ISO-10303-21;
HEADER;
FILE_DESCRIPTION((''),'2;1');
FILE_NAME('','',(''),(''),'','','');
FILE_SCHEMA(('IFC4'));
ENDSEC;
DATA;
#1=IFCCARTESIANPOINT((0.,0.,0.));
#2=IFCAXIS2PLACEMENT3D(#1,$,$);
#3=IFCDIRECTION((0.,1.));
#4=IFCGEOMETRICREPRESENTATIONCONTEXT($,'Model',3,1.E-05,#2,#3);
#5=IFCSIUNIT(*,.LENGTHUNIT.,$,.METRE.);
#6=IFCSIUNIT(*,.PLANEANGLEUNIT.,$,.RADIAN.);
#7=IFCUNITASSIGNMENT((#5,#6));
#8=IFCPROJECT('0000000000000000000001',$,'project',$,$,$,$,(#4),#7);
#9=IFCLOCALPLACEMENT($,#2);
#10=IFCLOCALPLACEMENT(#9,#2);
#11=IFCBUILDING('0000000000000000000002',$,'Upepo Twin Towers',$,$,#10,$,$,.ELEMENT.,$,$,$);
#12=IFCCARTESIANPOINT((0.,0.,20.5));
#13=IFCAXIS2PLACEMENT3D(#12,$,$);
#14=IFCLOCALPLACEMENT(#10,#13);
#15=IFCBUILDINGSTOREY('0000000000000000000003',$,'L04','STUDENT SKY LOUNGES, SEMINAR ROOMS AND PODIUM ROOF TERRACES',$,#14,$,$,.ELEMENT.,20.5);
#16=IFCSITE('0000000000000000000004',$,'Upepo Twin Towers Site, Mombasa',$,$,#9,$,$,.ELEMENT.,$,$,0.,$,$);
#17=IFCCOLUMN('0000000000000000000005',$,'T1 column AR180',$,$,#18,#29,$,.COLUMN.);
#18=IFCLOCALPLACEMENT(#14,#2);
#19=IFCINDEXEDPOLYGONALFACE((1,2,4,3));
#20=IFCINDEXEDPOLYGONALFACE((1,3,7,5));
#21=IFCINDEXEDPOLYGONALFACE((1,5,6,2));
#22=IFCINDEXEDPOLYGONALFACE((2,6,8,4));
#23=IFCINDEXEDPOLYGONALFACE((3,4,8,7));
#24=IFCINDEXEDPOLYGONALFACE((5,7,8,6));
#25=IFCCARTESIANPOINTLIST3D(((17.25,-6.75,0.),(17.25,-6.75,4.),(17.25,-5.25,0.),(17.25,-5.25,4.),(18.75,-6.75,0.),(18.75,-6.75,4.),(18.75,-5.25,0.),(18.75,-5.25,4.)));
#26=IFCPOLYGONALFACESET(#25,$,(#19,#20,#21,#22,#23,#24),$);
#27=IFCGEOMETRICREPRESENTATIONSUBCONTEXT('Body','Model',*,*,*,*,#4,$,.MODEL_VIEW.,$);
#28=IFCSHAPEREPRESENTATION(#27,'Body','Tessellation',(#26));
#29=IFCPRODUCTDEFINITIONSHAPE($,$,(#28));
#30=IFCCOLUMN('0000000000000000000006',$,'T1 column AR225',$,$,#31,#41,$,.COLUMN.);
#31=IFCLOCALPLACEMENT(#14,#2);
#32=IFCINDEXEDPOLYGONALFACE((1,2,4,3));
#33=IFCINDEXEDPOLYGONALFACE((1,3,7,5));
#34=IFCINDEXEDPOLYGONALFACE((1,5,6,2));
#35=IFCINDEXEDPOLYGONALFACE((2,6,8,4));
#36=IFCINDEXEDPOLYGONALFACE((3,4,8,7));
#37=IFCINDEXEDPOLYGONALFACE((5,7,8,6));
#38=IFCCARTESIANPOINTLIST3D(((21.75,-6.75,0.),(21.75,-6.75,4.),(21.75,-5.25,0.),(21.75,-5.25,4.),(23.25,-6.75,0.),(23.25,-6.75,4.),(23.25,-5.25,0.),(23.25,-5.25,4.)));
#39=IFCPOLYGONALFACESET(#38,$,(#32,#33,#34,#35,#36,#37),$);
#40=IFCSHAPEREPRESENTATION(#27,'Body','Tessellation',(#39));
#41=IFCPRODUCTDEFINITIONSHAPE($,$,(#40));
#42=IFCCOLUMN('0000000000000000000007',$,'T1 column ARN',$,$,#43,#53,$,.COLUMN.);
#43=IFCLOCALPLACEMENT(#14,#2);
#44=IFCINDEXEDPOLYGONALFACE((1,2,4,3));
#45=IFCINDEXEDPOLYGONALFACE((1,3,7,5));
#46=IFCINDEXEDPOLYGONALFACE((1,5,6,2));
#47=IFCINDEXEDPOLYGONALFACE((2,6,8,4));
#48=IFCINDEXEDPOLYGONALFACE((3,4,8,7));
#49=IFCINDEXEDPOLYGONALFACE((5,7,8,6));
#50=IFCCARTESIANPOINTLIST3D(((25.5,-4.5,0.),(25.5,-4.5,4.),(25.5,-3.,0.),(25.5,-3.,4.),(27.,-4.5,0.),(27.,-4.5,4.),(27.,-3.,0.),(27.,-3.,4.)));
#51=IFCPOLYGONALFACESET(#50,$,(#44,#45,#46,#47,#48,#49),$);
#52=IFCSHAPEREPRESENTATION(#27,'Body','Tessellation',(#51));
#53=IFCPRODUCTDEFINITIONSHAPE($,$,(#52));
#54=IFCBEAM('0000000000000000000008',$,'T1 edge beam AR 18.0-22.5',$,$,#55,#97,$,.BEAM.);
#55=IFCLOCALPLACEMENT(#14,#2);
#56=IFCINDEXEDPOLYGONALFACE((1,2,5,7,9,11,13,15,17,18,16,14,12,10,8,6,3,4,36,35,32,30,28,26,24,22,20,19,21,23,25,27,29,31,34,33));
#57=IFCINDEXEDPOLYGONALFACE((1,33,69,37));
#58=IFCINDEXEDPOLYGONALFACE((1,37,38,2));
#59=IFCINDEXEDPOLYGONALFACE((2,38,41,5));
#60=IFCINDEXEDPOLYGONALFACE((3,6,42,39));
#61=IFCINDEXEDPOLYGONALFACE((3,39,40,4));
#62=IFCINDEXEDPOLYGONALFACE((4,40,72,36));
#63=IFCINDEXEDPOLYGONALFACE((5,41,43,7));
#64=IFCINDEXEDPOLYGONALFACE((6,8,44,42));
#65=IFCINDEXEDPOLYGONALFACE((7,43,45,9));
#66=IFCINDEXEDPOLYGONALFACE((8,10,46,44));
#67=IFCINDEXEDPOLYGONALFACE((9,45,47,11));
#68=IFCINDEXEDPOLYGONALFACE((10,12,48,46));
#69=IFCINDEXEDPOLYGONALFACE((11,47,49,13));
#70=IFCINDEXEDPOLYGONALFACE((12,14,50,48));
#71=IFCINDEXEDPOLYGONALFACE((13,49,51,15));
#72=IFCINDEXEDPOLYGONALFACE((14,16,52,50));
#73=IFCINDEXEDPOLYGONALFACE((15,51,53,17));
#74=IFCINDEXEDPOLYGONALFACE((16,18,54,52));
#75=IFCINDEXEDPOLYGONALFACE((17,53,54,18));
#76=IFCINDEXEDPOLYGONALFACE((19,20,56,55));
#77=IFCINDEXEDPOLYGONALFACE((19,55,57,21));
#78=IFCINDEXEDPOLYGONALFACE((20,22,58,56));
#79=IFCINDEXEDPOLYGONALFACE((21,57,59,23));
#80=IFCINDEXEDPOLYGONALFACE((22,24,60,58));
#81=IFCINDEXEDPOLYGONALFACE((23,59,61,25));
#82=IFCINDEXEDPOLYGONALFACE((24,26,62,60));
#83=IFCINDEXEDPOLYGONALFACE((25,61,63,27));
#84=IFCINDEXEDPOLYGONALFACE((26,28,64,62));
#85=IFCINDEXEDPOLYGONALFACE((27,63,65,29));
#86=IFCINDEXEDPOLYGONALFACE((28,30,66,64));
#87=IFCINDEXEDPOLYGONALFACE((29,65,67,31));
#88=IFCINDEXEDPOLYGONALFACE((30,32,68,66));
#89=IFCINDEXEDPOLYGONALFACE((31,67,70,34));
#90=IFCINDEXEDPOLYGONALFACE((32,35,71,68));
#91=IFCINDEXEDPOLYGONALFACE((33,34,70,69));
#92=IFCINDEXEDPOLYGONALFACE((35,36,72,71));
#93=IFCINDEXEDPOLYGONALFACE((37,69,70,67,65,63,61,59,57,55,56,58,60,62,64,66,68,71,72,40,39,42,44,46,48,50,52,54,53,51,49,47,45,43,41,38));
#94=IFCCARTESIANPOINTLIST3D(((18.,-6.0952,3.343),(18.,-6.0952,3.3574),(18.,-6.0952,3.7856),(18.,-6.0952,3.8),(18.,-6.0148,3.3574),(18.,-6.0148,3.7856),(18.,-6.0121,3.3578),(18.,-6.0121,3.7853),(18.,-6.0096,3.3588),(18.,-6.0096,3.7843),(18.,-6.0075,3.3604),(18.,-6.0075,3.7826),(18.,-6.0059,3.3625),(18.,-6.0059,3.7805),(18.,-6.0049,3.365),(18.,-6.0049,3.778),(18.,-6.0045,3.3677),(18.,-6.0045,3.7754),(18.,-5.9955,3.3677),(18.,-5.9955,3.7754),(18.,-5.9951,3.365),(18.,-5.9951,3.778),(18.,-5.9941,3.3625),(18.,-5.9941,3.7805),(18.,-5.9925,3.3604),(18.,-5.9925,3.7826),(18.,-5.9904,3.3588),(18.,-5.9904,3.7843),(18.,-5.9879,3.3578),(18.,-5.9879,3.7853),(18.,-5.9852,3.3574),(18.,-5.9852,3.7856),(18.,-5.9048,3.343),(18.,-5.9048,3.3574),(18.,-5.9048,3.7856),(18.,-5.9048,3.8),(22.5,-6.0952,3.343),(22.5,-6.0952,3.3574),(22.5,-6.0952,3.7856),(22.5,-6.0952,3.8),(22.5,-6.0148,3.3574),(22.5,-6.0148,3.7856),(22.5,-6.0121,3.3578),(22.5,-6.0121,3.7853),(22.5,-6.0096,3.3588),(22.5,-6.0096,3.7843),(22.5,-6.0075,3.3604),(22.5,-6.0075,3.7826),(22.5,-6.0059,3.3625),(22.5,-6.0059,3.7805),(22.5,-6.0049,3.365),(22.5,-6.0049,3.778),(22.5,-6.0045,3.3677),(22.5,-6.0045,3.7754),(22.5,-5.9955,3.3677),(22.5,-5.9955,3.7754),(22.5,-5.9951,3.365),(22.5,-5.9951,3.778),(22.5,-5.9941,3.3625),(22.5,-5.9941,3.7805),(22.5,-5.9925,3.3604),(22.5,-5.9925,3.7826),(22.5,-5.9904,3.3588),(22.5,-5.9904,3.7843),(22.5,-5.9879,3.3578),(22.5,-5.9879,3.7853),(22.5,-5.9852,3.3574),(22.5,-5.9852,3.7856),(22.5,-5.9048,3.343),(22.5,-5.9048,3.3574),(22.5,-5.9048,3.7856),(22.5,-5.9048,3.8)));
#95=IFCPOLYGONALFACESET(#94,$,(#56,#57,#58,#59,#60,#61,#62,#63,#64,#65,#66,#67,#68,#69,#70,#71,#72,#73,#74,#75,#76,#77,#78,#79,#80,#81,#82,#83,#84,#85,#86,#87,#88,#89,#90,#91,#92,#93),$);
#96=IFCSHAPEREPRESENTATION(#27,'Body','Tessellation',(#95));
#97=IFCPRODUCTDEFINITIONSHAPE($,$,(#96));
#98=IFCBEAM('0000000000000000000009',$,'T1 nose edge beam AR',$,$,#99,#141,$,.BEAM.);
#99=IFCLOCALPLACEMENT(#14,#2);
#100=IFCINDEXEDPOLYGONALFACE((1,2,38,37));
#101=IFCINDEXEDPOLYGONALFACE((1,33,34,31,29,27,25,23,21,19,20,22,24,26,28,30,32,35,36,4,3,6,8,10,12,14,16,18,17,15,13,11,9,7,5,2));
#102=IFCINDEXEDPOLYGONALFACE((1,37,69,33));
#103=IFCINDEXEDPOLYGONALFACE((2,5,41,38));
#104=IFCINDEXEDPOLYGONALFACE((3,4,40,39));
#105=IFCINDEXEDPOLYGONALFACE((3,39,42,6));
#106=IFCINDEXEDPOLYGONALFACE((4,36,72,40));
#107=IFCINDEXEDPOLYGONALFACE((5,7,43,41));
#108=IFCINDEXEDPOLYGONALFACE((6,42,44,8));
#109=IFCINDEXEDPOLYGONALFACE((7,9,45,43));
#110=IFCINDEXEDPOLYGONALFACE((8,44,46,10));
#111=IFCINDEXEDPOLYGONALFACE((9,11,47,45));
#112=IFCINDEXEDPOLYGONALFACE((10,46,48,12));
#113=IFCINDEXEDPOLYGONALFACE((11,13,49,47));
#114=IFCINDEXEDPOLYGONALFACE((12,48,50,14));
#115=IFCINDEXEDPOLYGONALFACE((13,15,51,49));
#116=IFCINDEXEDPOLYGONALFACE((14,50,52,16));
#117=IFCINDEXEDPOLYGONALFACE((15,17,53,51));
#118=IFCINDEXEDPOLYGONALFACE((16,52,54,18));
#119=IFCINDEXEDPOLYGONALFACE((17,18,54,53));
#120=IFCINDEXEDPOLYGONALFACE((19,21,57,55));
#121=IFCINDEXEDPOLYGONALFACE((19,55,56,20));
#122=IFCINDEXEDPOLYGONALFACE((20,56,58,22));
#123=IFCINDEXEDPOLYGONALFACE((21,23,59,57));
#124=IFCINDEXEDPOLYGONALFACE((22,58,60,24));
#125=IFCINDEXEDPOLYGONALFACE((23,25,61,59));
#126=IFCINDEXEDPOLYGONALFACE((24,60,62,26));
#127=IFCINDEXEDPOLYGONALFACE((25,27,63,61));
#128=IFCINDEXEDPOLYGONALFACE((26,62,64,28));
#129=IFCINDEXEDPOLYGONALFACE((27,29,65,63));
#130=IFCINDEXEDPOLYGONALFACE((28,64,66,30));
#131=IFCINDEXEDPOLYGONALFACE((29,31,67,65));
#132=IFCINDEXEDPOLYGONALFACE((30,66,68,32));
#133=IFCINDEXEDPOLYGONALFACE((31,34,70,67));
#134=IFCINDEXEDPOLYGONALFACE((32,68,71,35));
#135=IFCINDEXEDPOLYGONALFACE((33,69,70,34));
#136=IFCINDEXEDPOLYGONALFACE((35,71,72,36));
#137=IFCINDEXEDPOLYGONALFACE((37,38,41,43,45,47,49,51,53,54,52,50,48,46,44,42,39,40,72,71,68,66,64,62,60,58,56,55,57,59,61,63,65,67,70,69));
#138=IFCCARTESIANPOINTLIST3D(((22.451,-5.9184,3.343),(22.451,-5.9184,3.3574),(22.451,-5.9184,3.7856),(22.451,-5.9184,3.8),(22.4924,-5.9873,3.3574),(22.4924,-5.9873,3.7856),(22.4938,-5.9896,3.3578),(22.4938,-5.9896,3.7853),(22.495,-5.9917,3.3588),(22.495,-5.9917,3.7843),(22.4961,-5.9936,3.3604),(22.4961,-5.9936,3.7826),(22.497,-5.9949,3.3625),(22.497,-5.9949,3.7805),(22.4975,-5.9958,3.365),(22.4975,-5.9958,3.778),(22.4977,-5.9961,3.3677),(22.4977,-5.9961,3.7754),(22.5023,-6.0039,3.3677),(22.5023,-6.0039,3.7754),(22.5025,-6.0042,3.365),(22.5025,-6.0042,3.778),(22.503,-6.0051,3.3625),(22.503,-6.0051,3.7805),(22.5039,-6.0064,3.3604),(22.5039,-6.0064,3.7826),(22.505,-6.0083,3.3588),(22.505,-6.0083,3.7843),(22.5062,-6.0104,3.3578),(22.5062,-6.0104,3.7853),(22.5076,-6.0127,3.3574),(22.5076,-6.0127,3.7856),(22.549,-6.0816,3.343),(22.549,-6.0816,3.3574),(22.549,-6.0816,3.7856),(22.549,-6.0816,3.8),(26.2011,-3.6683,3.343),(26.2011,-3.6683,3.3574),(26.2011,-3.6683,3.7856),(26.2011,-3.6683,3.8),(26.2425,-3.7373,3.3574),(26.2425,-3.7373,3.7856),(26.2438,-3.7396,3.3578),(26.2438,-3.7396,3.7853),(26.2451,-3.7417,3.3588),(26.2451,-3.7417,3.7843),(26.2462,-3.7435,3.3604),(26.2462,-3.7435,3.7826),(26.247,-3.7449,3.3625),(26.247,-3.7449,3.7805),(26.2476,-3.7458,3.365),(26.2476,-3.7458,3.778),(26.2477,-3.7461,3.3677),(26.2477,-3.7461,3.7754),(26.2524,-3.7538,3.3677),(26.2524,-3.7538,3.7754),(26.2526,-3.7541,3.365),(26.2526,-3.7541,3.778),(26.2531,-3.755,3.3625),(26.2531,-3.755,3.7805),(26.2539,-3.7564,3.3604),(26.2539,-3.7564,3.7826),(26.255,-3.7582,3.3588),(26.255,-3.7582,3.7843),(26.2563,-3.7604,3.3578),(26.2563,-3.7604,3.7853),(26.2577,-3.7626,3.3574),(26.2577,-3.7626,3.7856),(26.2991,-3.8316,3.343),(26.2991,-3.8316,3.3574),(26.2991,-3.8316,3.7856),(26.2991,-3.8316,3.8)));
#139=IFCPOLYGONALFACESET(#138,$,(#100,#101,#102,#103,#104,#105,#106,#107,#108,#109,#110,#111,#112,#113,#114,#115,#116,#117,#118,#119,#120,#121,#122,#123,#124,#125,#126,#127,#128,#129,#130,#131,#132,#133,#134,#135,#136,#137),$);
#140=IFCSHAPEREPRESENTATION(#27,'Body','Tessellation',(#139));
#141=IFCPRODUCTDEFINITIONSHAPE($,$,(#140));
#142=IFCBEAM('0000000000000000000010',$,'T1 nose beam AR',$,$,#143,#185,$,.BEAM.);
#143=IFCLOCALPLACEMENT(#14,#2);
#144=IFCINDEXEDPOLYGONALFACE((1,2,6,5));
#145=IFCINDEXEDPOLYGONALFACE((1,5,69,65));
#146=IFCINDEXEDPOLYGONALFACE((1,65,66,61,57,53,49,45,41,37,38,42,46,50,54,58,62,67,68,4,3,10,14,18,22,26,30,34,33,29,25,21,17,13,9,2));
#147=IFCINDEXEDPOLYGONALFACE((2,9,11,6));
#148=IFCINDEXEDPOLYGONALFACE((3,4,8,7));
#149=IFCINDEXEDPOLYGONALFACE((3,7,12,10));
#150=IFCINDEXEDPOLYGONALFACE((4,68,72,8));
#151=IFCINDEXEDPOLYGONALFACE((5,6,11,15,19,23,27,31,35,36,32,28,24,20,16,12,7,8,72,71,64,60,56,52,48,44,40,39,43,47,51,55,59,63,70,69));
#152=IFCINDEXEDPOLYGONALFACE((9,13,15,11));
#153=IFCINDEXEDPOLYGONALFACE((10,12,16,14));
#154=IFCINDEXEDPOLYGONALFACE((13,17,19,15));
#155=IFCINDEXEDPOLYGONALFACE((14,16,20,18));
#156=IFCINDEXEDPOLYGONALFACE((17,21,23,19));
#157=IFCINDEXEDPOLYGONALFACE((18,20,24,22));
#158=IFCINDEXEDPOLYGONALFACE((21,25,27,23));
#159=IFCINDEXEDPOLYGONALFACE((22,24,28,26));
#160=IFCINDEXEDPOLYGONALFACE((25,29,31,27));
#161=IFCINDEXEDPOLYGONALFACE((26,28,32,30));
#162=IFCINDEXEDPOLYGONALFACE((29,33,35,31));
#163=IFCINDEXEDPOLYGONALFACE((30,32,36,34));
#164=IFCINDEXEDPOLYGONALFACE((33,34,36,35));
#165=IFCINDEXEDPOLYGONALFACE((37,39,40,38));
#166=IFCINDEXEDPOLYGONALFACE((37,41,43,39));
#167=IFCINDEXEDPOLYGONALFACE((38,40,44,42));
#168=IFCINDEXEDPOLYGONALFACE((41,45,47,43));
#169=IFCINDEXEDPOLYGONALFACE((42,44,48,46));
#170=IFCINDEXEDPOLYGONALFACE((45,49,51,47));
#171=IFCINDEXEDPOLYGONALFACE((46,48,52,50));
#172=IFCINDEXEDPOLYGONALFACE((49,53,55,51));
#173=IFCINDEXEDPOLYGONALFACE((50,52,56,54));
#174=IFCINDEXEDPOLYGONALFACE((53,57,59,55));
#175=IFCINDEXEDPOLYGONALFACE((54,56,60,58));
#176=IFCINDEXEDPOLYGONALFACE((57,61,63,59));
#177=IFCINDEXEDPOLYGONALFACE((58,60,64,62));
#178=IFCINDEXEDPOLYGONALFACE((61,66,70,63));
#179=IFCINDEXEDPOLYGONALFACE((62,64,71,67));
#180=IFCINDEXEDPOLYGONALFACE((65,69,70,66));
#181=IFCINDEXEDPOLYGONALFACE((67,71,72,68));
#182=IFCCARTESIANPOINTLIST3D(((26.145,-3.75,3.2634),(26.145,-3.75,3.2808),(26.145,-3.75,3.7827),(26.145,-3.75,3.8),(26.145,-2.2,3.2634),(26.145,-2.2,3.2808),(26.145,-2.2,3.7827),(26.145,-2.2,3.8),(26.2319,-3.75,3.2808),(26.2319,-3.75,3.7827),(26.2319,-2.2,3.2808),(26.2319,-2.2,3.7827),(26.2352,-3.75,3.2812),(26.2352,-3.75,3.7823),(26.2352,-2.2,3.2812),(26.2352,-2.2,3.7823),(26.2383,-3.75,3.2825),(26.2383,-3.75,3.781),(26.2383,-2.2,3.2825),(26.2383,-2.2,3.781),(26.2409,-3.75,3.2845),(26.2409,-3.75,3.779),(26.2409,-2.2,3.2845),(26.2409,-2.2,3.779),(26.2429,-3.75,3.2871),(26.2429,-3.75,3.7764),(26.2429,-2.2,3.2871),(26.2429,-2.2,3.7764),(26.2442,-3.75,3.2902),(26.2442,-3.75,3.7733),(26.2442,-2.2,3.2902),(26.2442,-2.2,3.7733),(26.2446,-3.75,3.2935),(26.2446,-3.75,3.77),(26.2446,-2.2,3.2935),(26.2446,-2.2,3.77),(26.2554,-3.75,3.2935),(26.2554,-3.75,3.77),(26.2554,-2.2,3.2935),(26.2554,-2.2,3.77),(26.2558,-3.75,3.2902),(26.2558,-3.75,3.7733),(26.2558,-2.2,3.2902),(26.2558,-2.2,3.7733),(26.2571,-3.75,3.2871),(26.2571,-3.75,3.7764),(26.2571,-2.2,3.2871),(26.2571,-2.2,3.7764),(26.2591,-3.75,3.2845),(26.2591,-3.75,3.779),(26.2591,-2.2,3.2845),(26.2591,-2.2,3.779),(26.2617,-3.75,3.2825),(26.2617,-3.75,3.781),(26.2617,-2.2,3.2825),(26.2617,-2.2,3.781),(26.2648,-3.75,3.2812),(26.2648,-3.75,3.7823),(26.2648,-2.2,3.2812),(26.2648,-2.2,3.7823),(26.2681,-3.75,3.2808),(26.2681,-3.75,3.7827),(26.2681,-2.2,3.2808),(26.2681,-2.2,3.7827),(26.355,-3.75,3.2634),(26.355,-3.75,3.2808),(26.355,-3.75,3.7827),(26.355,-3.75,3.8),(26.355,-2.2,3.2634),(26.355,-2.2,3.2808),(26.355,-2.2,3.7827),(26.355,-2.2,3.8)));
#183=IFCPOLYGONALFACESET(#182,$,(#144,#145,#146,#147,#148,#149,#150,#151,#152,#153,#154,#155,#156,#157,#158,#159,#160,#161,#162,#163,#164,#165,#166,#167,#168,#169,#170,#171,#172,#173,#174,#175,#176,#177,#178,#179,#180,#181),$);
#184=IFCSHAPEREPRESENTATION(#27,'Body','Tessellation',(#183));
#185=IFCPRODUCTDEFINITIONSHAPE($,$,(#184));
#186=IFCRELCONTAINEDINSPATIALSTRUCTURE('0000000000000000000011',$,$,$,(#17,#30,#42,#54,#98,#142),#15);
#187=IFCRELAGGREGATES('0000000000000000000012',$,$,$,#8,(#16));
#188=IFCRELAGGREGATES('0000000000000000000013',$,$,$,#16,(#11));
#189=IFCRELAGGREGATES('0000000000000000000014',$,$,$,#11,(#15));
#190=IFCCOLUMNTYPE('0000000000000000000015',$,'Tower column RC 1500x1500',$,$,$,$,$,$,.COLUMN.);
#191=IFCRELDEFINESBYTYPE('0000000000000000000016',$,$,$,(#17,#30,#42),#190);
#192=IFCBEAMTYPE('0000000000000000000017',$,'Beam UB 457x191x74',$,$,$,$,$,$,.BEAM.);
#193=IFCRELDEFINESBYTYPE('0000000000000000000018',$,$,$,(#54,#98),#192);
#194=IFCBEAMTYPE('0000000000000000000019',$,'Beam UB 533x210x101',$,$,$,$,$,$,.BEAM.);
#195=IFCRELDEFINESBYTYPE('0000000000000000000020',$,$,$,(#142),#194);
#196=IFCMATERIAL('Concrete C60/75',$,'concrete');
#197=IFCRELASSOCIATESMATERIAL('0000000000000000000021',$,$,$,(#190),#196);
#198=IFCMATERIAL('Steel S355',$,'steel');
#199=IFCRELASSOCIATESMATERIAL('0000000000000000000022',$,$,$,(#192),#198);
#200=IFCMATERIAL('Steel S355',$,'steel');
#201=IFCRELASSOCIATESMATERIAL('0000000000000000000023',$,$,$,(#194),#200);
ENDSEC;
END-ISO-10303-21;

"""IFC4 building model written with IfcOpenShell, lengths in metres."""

from ifc_helpers import new_model, si_unit, direction, frame, origin, origin_2d, place, context, subcontext, project, spatial, rectangle, i_section, extrude, material, material_profile, profile_set, type_object, element, save


model = new_model("IFC4")

# Units and contexts
model_context = context("Model", 3, precision=1e-05, world=origin(), true_north=direction((0.0, 1.0)))
body_context = subcontext(model_context, "Body", "Model", "MODEL_VIEW")
ifc_project = project(units=[si_unit("LENGTHUNIT", "METRE"), si_unit("PLANEANGLEUNIT", "RADIAN")], contexts=[model_context])

# Site, building, storey
site_placement = place(None, origin())
site = spatial("IfcSite", under=ifc_project, at=site_placement, Name="Upepo Twin Towers Site, Mombasa", CompositionType="ELEMENT", RefElevation=0.0)
building_placement = place(site_placement, origin())
building = spatial("IfcBuilding", under=site, at=building_placement, Name="Upepo Twin Towers", CompositionType="ELEMENT")
storey_placement = place(building_placement, frame((0.0, 0.0, 20.5)))
storey = spatial("IfcBuildingStorey", under=building, at=storey_placement, Name="L04", Description="STUDENT SKY LOUNGES, SEMINAR ROOMS AND PODIUM ROOF TERRACES", CompositionType="ELEMENT", Elevation=20.5)

# Columns
ifc_material_1 = material(Name="Concrete C60/75", Category="concrete")
ifc_material_profile_1 = material_profile(ifc_material_1, rectangle(XDim=1.5, YDim=1.5, at=origin_2d()), Name="RC 1500x1500")
ifc_profile_set_1 = profile_set([ifc_material_profile_1], Name="Concrete C60/75")
column_type = type_object("IfcColumnType", Name="Tower column RC 1500x1500", PredefinedType="COLUMN", material=ifc_profile_set_1)
for number, where, z_axis, x_axis, name in (
    (1, (18.0, -6.0, 0.0), (0.0, 0.0, 1.0), (1.0, 0.0, 0.0), "T1 column AR180"),
    (2, (22.5, -6.0, 0.0), (0.0, 0.0, 1.0), (1.0, 0.0, 0.0), "T1 column AR225"),
    (3, (26.25, -3.75, 0.0), (0.0, 0.0, 1.0), (1.0, 0.0, 0.0), "T1 column ARN"),
):
    element("IfcColumn", number, at=place(storey_placement, frame(where, z_axis=z_axis, x_axis=x_axis)), inside=storey, type_object=column_type, Name=name, PredefinedType="COLUMN", context=body_context, shape_type="SweptSolid", body=[
        extrude(rectangle(XDim=1.5, YDim=1.5, at=origin_2d()), origin(), (0.0, 0.0, 1.0), 4.0),
    ])

# Beams
ifc_material_2 = material(Name="Steel S355", Category="steel")
ifc_material_profile_2 = material_profile(ifc_material_2, i_section(OverallWidth=0.1904, OverallDepth=0.457, WebThickness=0.009, FlangeThickness=0.0144, FilletRadius=0.0103, at=origin_2d()), Name="UB 457x191x74")
ifc_profile_set_2 = profile_set([ifc_material_profile_2], Name="Steel S355")
beam_type_1 = type_object("IfcBeamType", Name="Beam UB 457x191x74", PredefinedType="BEAM", material=ifc_profile_set_2)
beam_1_placement = place(storey_placement, frame((18.0, -6.0, 3.5715), z_axis=(1.0, 0.0, 0.0), x_axis=(0.0, 1.0, 0.0)))
element("IfcBeam", 4, at=beam_1_placement, inside=storey, type_object=beam_type_1, Name="T1 edge beam AR 18.0-22.5", PredefinedType="BEAM", context=body_context, shape_type="SweptSolid", body=[
    extrude(i_section(OverallWidth=0.1904, OverallDepth=0.457, WebThickness=0.009, FlangeThickness=0.0144, FilletRadius=0.0103, at=origin_2d()), origin(), (0.0, 0.0, 1.0), 4.5),
])
beam_2_placement = place(storey_placement, frame((22.5, -6.0, 3.5715), z_axis=(0.857493, 0.514496, 0.0), x_axis=(-0.514496, 0.857493, 0.0)))
element("IfcBeam", 5, at=beam_2_placement, inside=storey, type_object=beam_type_1, Name="T1 nose edge beam AR", PredefinedType="BEAM", context=body_context, shape_type="SweptSolid", body=[
    extrude(i_section(OverallWidth=0.1904, OverallDepth=0.457, WebThickness=0.009, FlangeThickness=0.0144, FilletRadius=0.0103, at=origin_2d()), origin(), (0.0, 0.0, 1.0), 4.3733),
])
ifc_material_3 = material(Name="Steel S355", Category="steel")
ifc_material_profile_3 = material_profile(ifc_material_3, i_section(OverallWidth=0.21, OverallDepth=0.5366, WebThickness=0.0107, FlangeThickness=0.0173, FilletRadius=0.0127, at=origin_2d()), Name="UB 533x210x101")
ifc_profile_set_3 = profile_set([ifc_material_profile_3], Name="Steel S355")
beam_type_2 = type_object("IfcBeamType", Name="Beam UB 533x210x101", PredefinedType="BEAM", material=ifc_profile_set_3)
beam_3_placement = place(storey_placement, frame((26.25, -3.75, 3.5317), z_axis=(0.0, 1.0, 0.0), x_axis=(-1.0, 0.0, 0.0)))
element("IfcBeam", 6, at=beam_3_placement, inside=storey, type_object=beam_type_2, Name="T1 nose beam AR", PredefinedType="BEAM", context=body_context, shape_type="SweptSolid", body=[
    extrude(i_section(OverallWidth=0.21, OverallDepth=0.5366, WebThickness=0.0107, FlangeThickness=0.0173, FilletRadius=0.0127, at=origin_2d()), origin(), (0.0, 0.0, 1.0), 1.55),
])

save(model, "model.ifc")
